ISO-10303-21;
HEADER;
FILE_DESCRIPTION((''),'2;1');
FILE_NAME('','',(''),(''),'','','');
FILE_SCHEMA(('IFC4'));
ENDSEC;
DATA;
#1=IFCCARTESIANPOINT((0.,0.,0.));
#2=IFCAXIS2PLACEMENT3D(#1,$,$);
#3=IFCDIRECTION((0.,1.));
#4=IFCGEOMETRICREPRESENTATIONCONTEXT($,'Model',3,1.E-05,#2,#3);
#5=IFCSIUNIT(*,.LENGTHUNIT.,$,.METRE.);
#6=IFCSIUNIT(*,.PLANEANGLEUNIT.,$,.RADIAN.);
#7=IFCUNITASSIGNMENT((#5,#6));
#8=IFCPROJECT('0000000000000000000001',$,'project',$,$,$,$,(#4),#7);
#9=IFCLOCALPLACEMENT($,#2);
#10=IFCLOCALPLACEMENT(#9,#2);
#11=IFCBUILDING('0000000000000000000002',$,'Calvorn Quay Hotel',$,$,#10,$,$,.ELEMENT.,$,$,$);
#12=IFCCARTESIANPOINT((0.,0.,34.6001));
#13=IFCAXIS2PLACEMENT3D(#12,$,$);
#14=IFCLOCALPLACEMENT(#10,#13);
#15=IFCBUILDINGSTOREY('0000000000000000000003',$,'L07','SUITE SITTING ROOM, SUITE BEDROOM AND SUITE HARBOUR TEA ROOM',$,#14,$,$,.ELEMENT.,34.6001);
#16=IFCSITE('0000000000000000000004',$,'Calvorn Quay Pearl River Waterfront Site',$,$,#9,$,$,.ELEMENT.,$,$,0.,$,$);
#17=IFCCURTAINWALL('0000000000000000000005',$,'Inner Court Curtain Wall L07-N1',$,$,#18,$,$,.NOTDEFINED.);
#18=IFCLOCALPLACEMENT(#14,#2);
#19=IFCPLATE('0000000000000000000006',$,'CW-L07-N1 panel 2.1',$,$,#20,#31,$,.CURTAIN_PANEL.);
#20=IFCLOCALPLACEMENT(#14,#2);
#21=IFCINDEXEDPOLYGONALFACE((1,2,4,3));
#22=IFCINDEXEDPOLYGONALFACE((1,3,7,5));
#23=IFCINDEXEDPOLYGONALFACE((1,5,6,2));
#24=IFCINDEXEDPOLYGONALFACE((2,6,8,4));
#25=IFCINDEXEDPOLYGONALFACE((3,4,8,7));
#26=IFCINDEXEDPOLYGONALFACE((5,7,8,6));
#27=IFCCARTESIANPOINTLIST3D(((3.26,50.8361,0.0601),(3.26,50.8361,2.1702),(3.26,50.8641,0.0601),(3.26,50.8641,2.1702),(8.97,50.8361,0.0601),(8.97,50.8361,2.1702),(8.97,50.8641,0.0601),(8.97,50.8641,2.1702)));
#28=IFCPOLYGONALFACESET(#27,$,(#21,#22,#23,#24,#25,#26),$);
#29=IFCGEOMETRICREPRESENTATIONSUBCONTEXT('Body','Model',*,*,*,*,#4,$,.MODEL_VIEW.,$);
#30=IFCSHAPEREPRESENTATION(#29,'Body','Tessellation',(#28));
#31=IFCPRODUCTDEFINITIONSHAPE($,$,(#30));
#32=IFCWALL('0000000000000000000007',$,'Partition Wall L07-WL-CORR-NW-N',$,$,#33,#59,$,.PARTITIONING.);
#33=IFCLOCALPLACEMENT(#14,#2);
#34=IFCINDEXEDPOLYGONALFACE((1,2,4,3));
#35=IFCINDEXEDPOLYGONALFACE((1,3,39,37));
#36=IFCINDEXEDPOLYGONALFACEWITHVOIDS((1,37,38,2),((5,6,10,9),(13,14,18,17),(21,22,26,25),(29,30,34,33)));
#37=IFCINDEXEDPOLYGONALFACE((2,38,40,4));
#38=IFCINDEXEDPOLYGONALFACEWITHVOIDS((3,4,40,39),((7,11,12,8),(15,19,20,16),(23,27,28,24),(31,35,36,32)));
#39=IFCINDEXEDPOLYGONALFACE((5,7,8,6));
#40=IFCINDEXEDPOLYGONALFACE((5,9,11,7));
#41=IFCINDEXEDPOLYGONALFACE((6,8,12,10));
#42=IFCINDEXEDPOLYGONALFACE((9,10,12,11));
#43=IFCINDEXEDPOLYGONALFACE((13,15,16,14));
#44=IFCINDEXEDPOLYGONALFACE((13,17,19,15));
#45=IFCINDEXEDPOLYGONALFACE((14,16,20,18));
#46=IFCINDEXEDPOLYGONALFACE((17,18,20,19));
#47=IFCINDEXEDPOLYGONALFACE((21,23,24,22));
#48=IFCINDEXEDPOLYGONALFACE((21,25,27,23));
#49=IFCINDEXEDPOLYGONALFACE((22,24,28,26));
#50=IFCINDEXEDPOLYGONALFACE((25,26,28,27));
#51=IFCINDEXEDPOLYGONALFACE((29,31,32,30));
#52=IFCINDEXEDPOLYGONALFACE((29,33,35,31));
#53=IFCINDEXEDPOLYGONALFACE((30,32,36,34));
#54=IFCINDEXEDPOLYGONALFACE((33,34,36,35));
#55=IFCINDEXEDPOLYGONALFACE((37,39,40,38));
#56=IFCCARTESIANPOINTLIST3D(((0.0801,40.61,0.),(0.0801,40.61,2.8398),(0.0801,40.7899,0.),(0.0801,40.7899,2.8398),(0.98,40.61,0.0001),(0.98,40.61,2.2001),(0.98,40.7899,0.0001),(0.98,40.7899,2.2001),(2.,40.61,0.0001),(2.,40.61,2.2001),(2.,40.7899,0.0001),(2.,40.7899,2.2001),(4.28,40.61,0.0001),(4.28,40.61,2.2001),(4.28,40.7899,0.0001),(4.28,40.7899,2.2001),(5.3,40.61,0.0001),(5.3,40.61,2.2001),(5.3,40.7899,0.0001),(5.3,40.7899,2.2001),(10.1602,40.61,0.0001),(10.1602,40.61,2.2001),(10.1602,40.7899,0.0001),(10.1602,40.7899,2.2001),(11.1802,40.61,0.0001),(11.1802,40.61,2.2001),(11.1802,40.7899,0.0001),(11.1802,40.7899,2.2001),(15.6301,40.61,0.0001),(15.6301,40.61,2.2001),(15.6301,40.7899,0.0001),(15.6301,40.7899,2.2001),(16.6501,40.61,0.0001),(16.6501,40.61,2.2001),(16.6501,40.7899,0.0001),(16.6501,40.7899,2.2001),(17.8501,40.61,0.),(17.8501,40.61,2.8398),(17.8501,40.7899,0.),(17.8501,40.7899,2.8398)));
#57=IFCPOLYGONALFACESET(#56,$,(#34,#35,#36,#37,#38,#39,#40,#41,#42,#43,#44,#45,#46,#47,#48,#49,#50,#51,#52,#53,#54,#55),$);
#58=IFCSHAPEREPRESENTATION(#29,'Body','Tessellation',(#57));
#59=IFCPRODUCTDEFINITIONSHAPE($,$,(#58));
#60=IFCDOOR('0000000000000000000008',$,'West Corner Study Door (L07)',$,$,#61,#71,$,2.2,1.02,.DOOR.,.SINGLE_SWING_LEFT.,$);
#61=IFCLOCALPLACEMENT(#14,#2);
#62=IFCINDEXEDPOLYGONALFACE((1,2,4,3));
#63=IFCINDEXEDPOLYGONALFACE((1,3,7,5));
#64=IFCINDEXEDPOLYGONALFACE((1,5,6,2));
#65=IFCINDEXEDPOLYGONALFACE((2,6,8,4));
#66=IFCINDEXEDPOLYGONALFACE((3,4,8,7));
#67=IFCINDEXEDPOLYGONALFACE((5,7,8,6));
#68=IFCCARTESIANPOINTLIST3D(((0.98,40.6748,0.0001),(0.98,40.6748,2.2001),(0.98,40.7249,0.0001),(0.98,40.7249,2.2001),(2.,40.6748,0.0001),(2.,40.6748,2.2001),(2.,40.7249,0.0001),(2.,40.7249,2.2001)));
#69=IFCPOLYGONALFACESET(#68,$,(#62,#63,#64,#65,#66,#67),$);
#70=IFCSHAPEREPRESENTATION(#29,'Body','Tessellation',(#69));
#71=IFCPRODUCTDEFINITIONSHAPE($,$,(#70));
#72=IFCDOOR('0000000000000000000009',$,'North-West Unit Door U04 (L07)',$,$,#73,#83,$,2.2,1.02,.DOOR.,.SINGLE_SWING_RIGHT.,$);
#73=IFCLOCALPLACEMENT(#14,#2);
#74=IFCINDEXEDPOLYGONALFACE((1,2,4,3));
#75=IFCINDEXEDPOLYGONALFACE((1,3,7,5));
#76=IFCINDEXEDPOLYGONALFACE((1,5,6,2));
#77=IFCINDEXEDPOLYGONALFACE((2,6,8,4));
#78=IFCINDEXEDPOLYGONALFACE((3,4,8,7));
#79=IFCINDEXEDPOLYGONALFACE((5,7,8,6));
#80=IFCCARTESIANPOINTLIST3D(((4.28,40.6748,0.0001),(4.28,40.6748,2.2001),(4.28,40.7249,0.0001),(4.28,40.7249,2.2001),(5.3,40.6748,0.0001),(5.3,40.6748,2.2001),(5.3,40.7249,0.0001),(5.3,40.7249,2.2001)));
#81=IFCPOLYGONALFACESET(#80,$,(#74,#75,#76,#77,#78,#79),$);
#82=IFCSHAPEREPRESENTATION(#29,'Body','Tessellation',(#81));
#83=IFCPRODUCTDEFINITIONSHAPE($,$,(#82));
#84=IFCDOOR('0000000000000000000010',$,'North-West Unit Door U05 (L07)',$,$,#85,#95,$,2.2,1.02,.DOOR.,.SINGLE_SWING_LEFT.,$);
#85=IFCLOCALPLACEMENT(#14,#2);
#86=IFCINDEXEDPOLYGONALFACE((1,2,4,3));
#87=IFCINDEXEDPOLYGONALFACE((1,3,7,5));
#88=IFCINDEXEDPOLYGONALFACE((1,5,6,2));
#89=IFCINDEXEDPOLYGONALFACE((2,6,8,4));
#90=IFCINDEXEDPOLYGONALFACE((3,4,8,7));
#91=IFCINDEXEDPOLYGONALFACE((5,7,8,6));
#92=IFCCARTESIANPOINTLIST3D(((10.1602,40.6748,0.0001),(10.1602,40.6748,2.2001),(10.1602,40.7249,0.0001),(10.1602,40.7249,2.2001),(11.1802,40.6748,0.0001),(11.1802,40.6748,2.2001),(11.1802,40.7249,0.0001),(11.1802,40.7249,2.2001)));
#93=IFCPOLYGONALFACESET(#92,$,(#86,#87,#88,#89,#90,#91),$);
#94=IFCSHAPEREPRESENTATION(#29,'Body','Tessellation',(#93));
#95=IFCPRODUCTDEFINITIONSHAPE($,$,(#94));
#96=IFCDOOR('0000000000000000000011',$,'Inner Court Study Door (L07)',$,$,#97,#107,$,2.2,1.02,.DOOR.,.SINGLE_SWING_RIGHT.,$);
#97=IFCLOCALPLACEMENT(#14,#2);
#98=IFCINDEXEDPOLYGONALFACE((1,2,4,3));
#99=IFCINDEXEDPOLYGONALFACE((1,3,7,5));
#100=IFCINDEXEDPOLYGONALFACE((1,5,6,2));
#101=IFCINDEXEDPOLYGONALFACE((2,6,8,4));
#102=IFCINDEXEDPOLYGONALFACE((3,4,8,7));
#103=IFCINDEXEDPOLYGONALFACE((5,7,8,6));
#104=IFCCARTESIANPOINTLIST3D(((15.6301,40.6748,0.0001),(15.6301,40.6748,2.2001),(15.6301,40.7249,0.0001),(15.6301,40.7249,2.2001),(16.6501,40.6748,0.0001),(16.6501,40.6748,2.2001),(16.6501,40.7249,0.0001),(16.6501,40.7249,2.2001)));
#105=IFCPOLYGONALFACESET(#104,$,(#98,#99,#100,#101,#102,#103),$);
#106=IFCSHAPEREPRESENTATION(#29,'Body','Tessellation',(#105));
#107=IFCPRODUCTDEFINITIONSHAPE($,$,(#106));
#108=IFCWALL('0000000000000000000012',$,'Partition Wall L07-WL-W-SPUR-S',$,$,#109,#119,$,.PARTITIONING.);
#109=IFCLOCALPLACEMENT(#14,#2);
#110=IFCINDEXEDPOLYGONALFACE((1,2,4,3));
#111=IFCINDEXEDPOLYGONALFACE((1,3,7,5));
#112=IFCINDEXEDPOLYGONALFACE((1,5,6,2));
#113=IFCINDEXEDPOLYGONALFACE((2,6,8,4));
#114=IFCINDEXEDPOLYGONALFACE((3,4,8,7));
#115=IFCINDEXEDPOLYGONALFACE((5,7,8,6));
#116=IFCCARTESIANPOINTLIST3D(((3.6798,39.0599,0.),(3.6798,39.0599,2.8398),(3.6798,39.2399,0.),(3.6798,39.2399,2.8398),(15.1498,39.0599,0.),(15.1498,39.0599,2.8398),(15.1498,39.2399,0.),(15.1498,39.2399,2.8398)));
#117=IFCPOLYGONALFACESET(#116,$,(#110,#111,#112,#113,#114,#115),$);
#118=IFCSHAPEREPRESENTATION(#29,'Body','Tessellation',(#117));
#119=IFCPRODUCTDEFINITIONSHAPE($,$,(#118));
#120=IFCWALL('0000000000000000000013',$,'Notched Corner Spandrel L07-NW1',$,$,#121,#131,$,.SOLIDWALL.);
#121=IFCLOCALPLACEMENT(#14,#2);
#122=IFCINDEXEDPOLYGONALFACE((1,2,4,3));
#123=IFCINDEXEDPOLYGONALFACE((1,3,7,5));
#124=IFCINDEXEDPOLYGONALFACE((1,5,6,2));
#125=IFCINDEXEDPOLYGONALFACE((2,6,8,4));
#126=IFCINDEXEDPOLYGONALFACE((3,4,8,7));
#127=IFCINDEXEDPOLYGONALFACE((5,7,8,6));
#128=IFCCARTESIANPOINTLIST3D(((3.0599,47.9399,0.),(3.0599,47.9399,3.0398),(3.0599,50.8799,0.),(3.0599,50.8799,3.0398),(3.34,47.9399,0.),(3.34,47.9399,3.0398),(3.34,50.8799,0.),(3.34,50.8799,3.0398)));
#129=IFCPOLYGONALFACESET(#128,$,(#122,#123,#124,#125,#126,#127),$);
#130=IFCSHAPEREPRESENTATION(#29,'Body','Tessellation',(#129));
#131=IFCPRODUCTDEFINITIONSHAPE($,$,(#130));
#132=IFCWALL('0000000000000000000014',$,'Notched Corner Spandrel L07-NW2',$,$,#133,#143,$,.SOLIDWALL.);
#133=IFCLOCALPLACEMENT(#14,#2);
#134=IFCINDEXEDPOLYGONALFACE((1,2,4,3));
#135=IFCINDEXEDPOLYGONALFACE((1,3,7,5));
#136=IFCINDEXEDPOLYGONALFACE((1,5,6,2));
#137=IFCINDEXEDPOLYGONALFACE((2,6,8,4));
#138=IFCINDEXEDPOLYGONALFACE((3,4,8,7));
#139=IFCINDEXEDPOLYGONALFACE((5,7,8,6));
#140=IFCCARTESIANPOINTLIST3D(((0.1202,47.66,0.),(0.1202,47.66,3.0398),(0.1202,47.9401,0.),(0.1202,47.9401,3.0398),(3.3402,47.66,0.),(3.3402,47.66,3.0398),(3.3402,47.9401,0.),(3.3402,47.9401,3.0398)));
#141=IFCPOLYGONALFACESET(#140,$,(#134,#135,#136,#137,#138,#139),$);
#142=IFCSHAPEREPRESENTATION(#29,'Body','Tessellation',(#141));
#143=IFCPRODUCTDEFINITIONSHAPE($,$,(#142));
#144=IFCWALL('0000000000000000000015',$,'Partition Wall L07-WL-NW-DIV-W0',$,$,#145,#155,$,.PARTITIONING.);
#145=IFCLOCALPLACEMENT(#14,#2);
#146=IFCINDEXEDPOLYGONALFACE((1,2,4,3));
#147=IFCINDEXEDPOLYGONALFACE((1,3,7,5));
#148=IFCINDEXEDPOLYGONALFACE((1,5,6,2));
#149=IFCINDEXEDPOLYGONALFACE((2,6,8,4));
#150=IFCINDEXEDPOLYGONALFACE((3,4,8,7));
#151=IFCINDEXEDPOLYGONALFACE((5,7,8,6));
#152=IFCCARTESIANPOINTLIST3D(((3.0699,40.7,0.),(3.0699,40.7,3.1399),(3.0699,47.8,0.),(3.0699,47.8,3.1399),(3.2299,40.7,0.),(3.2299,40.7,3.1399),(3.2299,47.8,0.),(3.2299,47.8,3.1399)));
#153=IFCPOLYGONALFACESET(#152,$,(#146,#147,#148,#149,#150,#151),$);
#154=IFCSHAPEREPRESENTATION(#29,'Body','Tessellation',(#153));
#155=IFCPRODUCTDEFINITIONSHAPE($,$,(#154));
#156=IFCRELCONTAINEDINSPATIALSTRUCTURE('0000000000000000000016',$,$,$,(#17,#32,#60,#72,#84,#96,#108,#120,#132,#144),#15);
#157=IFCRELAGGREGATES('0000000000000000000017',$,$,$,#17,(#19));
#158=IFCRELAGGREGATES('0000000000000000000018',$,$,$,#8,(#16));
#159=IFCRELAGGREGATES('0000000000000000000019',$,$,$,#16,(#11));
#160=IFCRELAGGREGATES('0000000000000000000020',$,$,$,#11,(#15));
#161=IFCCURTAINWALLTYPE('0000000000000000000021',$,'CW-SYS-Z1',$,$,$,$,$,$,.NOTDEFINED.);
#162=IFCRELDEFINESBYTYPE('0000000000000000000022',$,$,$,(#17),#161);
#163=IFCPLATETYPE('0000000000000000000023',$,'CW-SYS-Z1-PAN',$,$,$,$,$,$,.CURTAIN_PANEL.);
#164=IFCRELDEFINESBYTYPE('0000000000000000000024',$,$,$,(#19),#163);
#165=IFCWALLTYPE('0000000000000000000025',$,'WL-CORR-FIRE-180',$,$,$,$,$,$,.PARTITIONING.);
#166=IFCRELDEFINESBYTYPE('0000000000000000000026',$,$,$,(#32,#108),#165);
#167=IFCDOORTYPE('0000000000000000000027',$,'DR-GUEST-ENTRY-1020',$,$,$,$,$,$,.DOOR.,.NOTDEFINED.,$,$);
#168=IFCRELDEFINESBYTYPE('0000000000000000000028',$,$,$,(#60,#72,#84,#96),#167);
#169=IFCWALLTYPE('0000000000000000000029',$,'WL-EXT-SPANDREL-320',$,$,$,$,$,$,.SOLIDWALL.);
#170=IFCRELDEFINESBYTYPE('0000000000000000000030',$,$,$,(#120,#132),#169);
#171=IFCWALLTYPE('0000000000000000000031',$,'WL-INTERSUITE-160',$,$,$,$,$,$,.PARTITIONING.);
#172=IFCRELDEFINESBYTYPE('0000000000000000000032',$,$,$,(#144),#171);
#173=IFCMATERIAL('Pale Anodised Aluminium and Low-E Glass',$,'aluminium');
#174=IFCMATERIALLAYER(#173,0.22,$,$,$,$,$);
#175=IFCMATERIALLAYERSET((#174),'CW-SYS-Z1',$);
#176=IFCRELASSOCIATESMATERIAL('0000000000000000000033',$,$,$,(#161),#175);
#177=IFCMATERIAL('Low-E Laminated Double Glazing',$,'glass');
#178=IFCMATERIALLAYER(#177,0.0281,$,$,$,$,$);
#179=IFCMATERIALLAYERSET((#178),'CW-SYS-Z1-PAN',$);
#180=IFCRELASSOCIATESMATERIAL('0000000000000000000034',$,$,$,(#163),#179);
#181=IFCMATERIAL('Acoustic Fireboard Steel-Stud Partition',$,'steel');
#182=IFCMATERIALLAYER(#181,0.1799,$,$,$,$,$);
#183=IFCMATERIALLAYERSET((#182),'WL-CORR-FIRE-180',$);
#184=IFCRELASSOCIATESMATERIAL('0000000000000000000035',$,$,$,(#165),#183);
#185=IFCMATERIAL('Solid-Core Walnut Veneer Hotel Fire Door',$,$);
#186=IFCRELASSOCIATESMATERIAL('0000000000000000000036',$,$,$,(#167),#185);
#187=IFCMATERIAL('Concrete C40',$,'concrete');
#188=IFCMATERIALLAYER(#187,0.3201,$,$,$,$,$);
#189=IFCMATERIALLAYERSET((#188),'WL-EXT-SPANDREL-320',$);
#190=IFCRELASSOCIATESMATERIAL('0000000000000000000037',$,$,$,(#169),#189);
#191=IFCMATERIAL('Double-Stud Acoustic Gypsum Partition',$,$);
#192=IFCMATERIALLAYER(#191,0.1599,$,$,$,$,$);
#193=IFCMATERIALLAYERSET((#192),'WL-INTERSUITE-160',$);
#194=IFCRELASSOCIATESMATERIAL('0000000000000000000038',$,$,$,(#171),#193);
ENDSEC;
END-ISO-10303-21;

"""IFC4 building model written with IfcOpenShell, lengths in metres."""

from ifc_helpers import new_model, si_unit, direction, frame, frame_2d, origin, origin_2d, place, context, subcontext, project, spatial, rectangle, extrude, material, layer, layer_set, type_object, element, fill, aggregate, save


model = new_model("IFC4")

# Units and contexts
model_context = context("Model", 3, precision=1e-05, world=origin(), true_north=direction((0.0, 1.0)))
body_context = subcontext(model_context, "Body", "Model", "MODEL_VIEW")
ifc_project = project(units=[si_unit("LENGTHUNIT", "METRE"), si_unit("PLANEANGLEUNIT", "RADIAN")], contexts=[model_context])

# Site, building, storey
site_placement = place(None, origin())
site = spatial("IfcSite", under=ifc_project, at=site_placement, Name="Calvorn Quay Pearl River Waterfront Site", CompositionType="ELEMENT", RefElevation=0.0)
building_placement = place(site_placement, origin())
building = spatial("IfcBuilding", under=site, at=building_placement, Name="Calvorn Quay Hotel", CompositionType="ELEMENT")
storey_placement = place(building_placement, frame((0.0, 0.0, 34.6001)))
storey = spatial("IfcBuildingStorey", under=building, at=storey_placement, Name="L07", Description="SUITE SITTING ROOM, SUITE BEDROOM AND SUITE HARBOUR TEA ROOM", CompositionType="ELEMENT", Elevation=34.6001)

# Shared definitions
ifc_material_1 = material(Name="Pale Anodised Aluminium and Low-E Glass", Category="aluminium")
ifc_layer_1 = layer(ifc_material_1, 0.22)
ifc_layer_set_1 = layer_set([ifc_layer_1], Name="CW-SYS-Z1")
curtain_wall_type = type_object("IfcCurtainWallType", Name="CW-SYS-Z1", PredefinedType="NOTDEFINED", material=ifc_layer_set_1)

# Curtain wall
curtain_wall_1_placement = place(storey_placement, origin())
curtain_wall_1 = element("IfcCurtainWall", 1, at=curtain_wall_1_placement, inside=storey, type_object=curtain_wall_type, Name="Inner Court Curtain Wall L07-N1", PredefinedType="NOTDEFINED")

# Plate
ifc_material_2 = material(Name="Low-E Laminated Double Glazing", Category="glass")
ifc_layer_2 = layer(ifc_material_2, 0.0281)
ifc_layer_set_2 = layer_set([ifc_layer_2], Name="CW-SYS-Z1-PAN")
plate_type = type_object("IfcPlateType", Name="CW-SYS-Z1-PAN", PredefinedType="CURTAIN_PANEL", material=ifc_layer_set_2)
plate_1_placement = place(storey_placement, frame((6.115, 50.8501, 0.0601), z_axis=(0.0, 0.0, 1.0), x_axis=(-1.0, 0.0, 0.0)))
plate_1 = element("IfcPlate", 2, at=plate_1_placement, type_object=plate_type, Name="CW-L07-N1 panel 2.1", PredefinedType="CURTAIN_PANEL", context=body_context, shape_type="SweptSolid", body=[
    extrude(rectangle(XDim=5.71, YDim=0.0281, at=origin_2d()), origin(), (0.0, 0.0, 1.0), 2.1101),
])
aggregate(curtain_wall_1, [plate_1])

# Shared definitions
ifc_material_3 = material(Name="Acoustic Fireboard Steel-Stud Partition", Category="steel")
ifc_layer_3 = layer(ifc_material_3, 0.1799)
ifc_layer_set_3 = layer_set([ifc_layer_3], Name="WL-CORR-FIRE-180")
wall_type_1 = type_object("IfcWallType", Name="WL-CORR-FIRE-180", PredefinedType="PARTITIONING", material=ifc_layer_set_3)

# Wall, openings, doors
wall_1_placement = place(storey_placement, frame((0.0801, 40.7, 0.0), z_axis=(0.0, 0.0, 1.0), x_axis=(1.0, 0.0, 0.0)))
wall_1 = element("IfcWall", 3, at=wall_1_placement, inside=storey, type_object=wall_type_1, Name="Partition Wall L07-WL-CORR-NW-N", PredefinedType="PARTITIONING", context=body_context, shape_type="SweptSolid", body=[
    extrude(rectangle(XDim=17.77, YDim=0.1799, at=frame_2d((8.885, 0.0))), origin(), (0.0, 0.0, 1.0), 2.8398),
])
opening_1_placement = place(wall_1_placement, frame((0.8999, 0.0, 0.0)))
opening_1 = element("IfcOpeningElement", 4, at=opening_1_placement, cuts=wall_1, PredefinedType="OPENING", context=body_context, shape_type="SweptSolid", body=[
    extrude(rectangle(XDim=1.02, YDim=2.2, at=frame_2d((0.51, 1.1001))), frame((0.0, 0.0999, 0.0), z_axis=(0.0, -1.0, 0.0), x_axis=(1.0, 0.0, 0.0)), (0.0, 0.0, 1.0), 0.2),
])
opening_2_placement = place(wall_1_placement, frame((4.2, 0.0, 0.0)))
opening_2 = element("IfcOpeningElement", 5, at=opening_2_placement, cuts=wall_1, PredefinedType="OPENING", context=body_context, shape_type="SweptSolid", body=[
    extrude(rectangle(XDim=1.02, YDim=2.2, at=frame_2d((0.51, 1.1001))), frame((0.0, 0.0999, 0.0), z_axis=(0.0, -1.0, 0.0), x_axis=(1.0, 0.0, 0.0)), (0.0, 0.0, 1.0), 0.2),
])
opening_3_placement = place(wall_1_placement, frame((10.0801, 0.0, 0.0)))
opening_3 = element("IfcOpeningElement", 6, at=opening_3_placement, cuts=wall_1, PredefinedType="OPENING", context=body_context, shape_type="SweptSolid", body=[
    extrude(rectangle(XDim=1.02, YDim=2.2, at=frame_2d((0.51, 1.1001))), frame((0.0, 0.0999, 0.0), z_axis=(0.0, -1.0, 0.0), x_axis=(1.0, 0.0, 0.0)), (0.0, 0.0, 1.0), 0.2),
])
opening_4_placement = place(wall_1_placement, frame((15.55, 0.0, 0.0)))
opening_4 = element("IfcOpeningElement", 7, at=opening_4_placement, cuts=wall_1, PredefinedType="OPENING", context=body_context, shape_type="SweptSolid", body=[
    extrude(rectangle(XDim=1.02, YDim=2.2, at=frame_2d((0.51, 1.1001))), frame((0.0, 0.0999, 0.0), z_axis=(0.0, -1.0, 0.0), x_axis=(1.0, 0.0, 0.0)), (0.0, 0.0, 1.0), 0.2),
])
ifc_material_4 = material(Name="Solid-Core Walnut Veneer Hotel Fire Door")
door_type_1 = type_object("IfcDoorType", Name="DR-GUEST-ENTRY-1020", OperationType="NOTDEFINED", PredefinedType="DOOR", material=ifc_material_4)
door_1_placement = place(opening_1_placement, origin())
door_1 = element("IfcDoor", 8, at=door_1_placement, inside=storey, type_object=door_type_1, Name="West Corner Study Door (L07)", OperationType="SINGLE_SWING_LEFT", OverallHeight=2.2, OverallWidth=1.02, PredefinedType="DOOR", context=body_context, shape_type="SweptSolid", body=[
    extrude(rectangle(XDim=1.02, YDim=2.2, at=frame_2d((0.51, 1.1001))), frame((0.0, 0.0249, 0.0), z_axis=(0.0, -1.0, 0.0), x_axis=(1.0, 0.0, 0.0)), (0.0, 0.0, 1.0), 0.05),
])
fill(opening_1, door_1)
door_2_placement = place(opening_2_placement, origin())
door_2 = element("IfcDoor", 9, at=door_2_placement, inside=storey, type_object=door_type_1, Name="North-West Unit Door U04 (L07)", OperationType="SINGLE_SWING_RIGHT", OverallHeight=2.2, OverallWidth=1.02, PredefinedType="DOOR", context=body_context, shape_type="SweptSolid", body=[
    extrude(rectangle(XDim=1.02, YDim=2.2, at=frame_2d((0.51, 1.1001))), frame((0.0, 0.0249, 0.0), z_axis=(0.0, -1.0, 0.0), x_axis=(1.0, 0.0, 0.0)), (0.0, 0.0, 1.0), 0.05),
])
fill(opening_2, door_2)
door_3_placement = place(opening_3_placement, origin())
door_3 = element("IfcDoor", 10, at=door_3_placement, inside=storey, type_object=door_type_1, Name="North-West Unit Door U05 (L07)", OperationType="SINGLE_SWING_LEFT", OverallHeight=2.2, OverallWidth=1.02, PredefinedType="DOOR", context=body_context, shape_type="SweptSolid", body=[
    extrude(rectangle(XDim=1.02, YDim=2.2, at=frame_2d((0.51, 1.1001))), frame((0.0, 0.0249, 0.0), z_axis=(0.0, -1.0, 0.0), x_axis=(1.0, 0.0, 0.0)), (0.0, 0.0, 1.0), 0.05),
])
fill(opening_3, door_3)
door_4_placement = place(opening_4_placement, origin())
door_4 = element("IfcDoor", 11, at=door_4_placement, inside=storey, type_object=door_type_1, Name="Inner Court Study Door (L07)", OperationType="SINGLE_SWING_RIGHT", OverallHeight=2.2, OverallWidth=1.02, PredefinedType="DOOR", context=body_context, shape_type="SweptSolid", body=[
    extrude(rectangle(XDim=1.02, YDim=2.2, at=frame_2d((0.51, 1.1001))), frame((0.0, 0.0249, 0.0), z_axis=(0.0, -1.0, 0.0), x_axis=(1.0, 0.0, 0.0)), (0.0, 0.0, 1.0), 0.05),
])
fill(opening_4, door_4)

# Walls
wall_2_placement = place(storey_placement, frame((3.6799, 39.1499, 0.0), z_axis=(0.0, 0.0, 1.0), x_axis=(1.0, 0.0, 0.0)))
element("IfcWall", 12, at=wall_2_placement, inside=storey, type_object=wall_type_1, Name="Partition Wall L07-WL-W-SPUR-S", PredefinedType="PARTITIONING", context=body_context, shape_type="SweptSolid", body=[
    extrude(rectangle(XDim=11.47, YDim=0.1799, at=frame_2d((5.7349, 0.0))), origin(), (0.0, 0.0, 1.0), 2.8398),
])
ifc_material_5 = material(Name="Concrete C40", Category="concrete")
ifc_layer_4 = layer(ifc_material_5, 0.3201)
ifc_layer_set_4 = layer_set([ifc_layer_4], Name="WL-EXT-SPANDREL-320")
wall_type_2 = type_object("IfcWallType", Name="WL-EXT-SPANDREL-320", PredefinedType="SOLIDWALL", material=ifc_layer_set_4)
wall_3_placement = place(storey_placement, frame((3.2, 50.8799, 0.0), z_axis=(0.0, 0.0, 1.0), x_axis=(0.0, -1.0, 0.0)))
element("IfcWall", 13, at=wall_3_placement, inside=storey, type_object=wall_type_2, Name="Notched Corner Spandrel L07-NW1", PredefinedType="SOLIDWALL", context=body_context, shape_type="SweptSolid", body=[
    extrude(rectangle(XDim=2.9399, YDim=0.28, at=frame_2d((1.47, 0.0))), origin(), (0.0, 0.0, 1.0), 3.0398),
])
wall_4_placement = place(storey_placement, frame((3.3401, 47.8, 0.0), z_axis=(0.0, 0.0, 1.0), x_axis=(-1.0, 0.0, 0.0)))
element("IfcWall", 14, at=wall_4_placement, inside=storey, type_object=wall_type_2, Name="Notched Corner Spandrel L07-NW2", PredefinedType="SOLIDWALL", context=body_context, shape_type="SweptSolid", body=[
    extrude(rectangle(XDim=3.22, YDim=0.28, at=frame_2d((1.6099, 0.0))), origin(), (0.0, 0.0, 1.0), 3.0398),
])
ifc_material_6 = material(Name="Double-Stud Acoustic Gypsum Partition")
ifc_layer_5 = layer(ifc_material_6, 0.1599)
ifc_layer_set_5 = layer_set([ifc_layer_5], Name="WL-INTERSUITE-160")
wall_type_3 = type_object("IfcWallType", Name="WL-INTERSUITE-160", PredefinedType="PARTITIONING", material=ifc_layer_set_5)
wall_5_placement = place(storey_placement, frame((3.1499, 40.7, 0.0), z_axis=(0.0, 0.0, 1.0), x_axis=(0.0, 1.0, 0.0)))
element("IfcWall", 15, at=wall_5_placement, inside=storey, type_object=wall_type_3, Name="Partition Wall L07-WL-NW-DIV-W0", PredefinedType="PARTITIONING", context=body_context, shape_type="SweptSolid", body=[
    extrude(rectangle(XDim=7.1001, YDim=0.1599, at=frame_2d((3.55, 0.0))), origin(), (0.0, 0.0, 1.0), 3.1399),
])

save(model, "model.ifc")
